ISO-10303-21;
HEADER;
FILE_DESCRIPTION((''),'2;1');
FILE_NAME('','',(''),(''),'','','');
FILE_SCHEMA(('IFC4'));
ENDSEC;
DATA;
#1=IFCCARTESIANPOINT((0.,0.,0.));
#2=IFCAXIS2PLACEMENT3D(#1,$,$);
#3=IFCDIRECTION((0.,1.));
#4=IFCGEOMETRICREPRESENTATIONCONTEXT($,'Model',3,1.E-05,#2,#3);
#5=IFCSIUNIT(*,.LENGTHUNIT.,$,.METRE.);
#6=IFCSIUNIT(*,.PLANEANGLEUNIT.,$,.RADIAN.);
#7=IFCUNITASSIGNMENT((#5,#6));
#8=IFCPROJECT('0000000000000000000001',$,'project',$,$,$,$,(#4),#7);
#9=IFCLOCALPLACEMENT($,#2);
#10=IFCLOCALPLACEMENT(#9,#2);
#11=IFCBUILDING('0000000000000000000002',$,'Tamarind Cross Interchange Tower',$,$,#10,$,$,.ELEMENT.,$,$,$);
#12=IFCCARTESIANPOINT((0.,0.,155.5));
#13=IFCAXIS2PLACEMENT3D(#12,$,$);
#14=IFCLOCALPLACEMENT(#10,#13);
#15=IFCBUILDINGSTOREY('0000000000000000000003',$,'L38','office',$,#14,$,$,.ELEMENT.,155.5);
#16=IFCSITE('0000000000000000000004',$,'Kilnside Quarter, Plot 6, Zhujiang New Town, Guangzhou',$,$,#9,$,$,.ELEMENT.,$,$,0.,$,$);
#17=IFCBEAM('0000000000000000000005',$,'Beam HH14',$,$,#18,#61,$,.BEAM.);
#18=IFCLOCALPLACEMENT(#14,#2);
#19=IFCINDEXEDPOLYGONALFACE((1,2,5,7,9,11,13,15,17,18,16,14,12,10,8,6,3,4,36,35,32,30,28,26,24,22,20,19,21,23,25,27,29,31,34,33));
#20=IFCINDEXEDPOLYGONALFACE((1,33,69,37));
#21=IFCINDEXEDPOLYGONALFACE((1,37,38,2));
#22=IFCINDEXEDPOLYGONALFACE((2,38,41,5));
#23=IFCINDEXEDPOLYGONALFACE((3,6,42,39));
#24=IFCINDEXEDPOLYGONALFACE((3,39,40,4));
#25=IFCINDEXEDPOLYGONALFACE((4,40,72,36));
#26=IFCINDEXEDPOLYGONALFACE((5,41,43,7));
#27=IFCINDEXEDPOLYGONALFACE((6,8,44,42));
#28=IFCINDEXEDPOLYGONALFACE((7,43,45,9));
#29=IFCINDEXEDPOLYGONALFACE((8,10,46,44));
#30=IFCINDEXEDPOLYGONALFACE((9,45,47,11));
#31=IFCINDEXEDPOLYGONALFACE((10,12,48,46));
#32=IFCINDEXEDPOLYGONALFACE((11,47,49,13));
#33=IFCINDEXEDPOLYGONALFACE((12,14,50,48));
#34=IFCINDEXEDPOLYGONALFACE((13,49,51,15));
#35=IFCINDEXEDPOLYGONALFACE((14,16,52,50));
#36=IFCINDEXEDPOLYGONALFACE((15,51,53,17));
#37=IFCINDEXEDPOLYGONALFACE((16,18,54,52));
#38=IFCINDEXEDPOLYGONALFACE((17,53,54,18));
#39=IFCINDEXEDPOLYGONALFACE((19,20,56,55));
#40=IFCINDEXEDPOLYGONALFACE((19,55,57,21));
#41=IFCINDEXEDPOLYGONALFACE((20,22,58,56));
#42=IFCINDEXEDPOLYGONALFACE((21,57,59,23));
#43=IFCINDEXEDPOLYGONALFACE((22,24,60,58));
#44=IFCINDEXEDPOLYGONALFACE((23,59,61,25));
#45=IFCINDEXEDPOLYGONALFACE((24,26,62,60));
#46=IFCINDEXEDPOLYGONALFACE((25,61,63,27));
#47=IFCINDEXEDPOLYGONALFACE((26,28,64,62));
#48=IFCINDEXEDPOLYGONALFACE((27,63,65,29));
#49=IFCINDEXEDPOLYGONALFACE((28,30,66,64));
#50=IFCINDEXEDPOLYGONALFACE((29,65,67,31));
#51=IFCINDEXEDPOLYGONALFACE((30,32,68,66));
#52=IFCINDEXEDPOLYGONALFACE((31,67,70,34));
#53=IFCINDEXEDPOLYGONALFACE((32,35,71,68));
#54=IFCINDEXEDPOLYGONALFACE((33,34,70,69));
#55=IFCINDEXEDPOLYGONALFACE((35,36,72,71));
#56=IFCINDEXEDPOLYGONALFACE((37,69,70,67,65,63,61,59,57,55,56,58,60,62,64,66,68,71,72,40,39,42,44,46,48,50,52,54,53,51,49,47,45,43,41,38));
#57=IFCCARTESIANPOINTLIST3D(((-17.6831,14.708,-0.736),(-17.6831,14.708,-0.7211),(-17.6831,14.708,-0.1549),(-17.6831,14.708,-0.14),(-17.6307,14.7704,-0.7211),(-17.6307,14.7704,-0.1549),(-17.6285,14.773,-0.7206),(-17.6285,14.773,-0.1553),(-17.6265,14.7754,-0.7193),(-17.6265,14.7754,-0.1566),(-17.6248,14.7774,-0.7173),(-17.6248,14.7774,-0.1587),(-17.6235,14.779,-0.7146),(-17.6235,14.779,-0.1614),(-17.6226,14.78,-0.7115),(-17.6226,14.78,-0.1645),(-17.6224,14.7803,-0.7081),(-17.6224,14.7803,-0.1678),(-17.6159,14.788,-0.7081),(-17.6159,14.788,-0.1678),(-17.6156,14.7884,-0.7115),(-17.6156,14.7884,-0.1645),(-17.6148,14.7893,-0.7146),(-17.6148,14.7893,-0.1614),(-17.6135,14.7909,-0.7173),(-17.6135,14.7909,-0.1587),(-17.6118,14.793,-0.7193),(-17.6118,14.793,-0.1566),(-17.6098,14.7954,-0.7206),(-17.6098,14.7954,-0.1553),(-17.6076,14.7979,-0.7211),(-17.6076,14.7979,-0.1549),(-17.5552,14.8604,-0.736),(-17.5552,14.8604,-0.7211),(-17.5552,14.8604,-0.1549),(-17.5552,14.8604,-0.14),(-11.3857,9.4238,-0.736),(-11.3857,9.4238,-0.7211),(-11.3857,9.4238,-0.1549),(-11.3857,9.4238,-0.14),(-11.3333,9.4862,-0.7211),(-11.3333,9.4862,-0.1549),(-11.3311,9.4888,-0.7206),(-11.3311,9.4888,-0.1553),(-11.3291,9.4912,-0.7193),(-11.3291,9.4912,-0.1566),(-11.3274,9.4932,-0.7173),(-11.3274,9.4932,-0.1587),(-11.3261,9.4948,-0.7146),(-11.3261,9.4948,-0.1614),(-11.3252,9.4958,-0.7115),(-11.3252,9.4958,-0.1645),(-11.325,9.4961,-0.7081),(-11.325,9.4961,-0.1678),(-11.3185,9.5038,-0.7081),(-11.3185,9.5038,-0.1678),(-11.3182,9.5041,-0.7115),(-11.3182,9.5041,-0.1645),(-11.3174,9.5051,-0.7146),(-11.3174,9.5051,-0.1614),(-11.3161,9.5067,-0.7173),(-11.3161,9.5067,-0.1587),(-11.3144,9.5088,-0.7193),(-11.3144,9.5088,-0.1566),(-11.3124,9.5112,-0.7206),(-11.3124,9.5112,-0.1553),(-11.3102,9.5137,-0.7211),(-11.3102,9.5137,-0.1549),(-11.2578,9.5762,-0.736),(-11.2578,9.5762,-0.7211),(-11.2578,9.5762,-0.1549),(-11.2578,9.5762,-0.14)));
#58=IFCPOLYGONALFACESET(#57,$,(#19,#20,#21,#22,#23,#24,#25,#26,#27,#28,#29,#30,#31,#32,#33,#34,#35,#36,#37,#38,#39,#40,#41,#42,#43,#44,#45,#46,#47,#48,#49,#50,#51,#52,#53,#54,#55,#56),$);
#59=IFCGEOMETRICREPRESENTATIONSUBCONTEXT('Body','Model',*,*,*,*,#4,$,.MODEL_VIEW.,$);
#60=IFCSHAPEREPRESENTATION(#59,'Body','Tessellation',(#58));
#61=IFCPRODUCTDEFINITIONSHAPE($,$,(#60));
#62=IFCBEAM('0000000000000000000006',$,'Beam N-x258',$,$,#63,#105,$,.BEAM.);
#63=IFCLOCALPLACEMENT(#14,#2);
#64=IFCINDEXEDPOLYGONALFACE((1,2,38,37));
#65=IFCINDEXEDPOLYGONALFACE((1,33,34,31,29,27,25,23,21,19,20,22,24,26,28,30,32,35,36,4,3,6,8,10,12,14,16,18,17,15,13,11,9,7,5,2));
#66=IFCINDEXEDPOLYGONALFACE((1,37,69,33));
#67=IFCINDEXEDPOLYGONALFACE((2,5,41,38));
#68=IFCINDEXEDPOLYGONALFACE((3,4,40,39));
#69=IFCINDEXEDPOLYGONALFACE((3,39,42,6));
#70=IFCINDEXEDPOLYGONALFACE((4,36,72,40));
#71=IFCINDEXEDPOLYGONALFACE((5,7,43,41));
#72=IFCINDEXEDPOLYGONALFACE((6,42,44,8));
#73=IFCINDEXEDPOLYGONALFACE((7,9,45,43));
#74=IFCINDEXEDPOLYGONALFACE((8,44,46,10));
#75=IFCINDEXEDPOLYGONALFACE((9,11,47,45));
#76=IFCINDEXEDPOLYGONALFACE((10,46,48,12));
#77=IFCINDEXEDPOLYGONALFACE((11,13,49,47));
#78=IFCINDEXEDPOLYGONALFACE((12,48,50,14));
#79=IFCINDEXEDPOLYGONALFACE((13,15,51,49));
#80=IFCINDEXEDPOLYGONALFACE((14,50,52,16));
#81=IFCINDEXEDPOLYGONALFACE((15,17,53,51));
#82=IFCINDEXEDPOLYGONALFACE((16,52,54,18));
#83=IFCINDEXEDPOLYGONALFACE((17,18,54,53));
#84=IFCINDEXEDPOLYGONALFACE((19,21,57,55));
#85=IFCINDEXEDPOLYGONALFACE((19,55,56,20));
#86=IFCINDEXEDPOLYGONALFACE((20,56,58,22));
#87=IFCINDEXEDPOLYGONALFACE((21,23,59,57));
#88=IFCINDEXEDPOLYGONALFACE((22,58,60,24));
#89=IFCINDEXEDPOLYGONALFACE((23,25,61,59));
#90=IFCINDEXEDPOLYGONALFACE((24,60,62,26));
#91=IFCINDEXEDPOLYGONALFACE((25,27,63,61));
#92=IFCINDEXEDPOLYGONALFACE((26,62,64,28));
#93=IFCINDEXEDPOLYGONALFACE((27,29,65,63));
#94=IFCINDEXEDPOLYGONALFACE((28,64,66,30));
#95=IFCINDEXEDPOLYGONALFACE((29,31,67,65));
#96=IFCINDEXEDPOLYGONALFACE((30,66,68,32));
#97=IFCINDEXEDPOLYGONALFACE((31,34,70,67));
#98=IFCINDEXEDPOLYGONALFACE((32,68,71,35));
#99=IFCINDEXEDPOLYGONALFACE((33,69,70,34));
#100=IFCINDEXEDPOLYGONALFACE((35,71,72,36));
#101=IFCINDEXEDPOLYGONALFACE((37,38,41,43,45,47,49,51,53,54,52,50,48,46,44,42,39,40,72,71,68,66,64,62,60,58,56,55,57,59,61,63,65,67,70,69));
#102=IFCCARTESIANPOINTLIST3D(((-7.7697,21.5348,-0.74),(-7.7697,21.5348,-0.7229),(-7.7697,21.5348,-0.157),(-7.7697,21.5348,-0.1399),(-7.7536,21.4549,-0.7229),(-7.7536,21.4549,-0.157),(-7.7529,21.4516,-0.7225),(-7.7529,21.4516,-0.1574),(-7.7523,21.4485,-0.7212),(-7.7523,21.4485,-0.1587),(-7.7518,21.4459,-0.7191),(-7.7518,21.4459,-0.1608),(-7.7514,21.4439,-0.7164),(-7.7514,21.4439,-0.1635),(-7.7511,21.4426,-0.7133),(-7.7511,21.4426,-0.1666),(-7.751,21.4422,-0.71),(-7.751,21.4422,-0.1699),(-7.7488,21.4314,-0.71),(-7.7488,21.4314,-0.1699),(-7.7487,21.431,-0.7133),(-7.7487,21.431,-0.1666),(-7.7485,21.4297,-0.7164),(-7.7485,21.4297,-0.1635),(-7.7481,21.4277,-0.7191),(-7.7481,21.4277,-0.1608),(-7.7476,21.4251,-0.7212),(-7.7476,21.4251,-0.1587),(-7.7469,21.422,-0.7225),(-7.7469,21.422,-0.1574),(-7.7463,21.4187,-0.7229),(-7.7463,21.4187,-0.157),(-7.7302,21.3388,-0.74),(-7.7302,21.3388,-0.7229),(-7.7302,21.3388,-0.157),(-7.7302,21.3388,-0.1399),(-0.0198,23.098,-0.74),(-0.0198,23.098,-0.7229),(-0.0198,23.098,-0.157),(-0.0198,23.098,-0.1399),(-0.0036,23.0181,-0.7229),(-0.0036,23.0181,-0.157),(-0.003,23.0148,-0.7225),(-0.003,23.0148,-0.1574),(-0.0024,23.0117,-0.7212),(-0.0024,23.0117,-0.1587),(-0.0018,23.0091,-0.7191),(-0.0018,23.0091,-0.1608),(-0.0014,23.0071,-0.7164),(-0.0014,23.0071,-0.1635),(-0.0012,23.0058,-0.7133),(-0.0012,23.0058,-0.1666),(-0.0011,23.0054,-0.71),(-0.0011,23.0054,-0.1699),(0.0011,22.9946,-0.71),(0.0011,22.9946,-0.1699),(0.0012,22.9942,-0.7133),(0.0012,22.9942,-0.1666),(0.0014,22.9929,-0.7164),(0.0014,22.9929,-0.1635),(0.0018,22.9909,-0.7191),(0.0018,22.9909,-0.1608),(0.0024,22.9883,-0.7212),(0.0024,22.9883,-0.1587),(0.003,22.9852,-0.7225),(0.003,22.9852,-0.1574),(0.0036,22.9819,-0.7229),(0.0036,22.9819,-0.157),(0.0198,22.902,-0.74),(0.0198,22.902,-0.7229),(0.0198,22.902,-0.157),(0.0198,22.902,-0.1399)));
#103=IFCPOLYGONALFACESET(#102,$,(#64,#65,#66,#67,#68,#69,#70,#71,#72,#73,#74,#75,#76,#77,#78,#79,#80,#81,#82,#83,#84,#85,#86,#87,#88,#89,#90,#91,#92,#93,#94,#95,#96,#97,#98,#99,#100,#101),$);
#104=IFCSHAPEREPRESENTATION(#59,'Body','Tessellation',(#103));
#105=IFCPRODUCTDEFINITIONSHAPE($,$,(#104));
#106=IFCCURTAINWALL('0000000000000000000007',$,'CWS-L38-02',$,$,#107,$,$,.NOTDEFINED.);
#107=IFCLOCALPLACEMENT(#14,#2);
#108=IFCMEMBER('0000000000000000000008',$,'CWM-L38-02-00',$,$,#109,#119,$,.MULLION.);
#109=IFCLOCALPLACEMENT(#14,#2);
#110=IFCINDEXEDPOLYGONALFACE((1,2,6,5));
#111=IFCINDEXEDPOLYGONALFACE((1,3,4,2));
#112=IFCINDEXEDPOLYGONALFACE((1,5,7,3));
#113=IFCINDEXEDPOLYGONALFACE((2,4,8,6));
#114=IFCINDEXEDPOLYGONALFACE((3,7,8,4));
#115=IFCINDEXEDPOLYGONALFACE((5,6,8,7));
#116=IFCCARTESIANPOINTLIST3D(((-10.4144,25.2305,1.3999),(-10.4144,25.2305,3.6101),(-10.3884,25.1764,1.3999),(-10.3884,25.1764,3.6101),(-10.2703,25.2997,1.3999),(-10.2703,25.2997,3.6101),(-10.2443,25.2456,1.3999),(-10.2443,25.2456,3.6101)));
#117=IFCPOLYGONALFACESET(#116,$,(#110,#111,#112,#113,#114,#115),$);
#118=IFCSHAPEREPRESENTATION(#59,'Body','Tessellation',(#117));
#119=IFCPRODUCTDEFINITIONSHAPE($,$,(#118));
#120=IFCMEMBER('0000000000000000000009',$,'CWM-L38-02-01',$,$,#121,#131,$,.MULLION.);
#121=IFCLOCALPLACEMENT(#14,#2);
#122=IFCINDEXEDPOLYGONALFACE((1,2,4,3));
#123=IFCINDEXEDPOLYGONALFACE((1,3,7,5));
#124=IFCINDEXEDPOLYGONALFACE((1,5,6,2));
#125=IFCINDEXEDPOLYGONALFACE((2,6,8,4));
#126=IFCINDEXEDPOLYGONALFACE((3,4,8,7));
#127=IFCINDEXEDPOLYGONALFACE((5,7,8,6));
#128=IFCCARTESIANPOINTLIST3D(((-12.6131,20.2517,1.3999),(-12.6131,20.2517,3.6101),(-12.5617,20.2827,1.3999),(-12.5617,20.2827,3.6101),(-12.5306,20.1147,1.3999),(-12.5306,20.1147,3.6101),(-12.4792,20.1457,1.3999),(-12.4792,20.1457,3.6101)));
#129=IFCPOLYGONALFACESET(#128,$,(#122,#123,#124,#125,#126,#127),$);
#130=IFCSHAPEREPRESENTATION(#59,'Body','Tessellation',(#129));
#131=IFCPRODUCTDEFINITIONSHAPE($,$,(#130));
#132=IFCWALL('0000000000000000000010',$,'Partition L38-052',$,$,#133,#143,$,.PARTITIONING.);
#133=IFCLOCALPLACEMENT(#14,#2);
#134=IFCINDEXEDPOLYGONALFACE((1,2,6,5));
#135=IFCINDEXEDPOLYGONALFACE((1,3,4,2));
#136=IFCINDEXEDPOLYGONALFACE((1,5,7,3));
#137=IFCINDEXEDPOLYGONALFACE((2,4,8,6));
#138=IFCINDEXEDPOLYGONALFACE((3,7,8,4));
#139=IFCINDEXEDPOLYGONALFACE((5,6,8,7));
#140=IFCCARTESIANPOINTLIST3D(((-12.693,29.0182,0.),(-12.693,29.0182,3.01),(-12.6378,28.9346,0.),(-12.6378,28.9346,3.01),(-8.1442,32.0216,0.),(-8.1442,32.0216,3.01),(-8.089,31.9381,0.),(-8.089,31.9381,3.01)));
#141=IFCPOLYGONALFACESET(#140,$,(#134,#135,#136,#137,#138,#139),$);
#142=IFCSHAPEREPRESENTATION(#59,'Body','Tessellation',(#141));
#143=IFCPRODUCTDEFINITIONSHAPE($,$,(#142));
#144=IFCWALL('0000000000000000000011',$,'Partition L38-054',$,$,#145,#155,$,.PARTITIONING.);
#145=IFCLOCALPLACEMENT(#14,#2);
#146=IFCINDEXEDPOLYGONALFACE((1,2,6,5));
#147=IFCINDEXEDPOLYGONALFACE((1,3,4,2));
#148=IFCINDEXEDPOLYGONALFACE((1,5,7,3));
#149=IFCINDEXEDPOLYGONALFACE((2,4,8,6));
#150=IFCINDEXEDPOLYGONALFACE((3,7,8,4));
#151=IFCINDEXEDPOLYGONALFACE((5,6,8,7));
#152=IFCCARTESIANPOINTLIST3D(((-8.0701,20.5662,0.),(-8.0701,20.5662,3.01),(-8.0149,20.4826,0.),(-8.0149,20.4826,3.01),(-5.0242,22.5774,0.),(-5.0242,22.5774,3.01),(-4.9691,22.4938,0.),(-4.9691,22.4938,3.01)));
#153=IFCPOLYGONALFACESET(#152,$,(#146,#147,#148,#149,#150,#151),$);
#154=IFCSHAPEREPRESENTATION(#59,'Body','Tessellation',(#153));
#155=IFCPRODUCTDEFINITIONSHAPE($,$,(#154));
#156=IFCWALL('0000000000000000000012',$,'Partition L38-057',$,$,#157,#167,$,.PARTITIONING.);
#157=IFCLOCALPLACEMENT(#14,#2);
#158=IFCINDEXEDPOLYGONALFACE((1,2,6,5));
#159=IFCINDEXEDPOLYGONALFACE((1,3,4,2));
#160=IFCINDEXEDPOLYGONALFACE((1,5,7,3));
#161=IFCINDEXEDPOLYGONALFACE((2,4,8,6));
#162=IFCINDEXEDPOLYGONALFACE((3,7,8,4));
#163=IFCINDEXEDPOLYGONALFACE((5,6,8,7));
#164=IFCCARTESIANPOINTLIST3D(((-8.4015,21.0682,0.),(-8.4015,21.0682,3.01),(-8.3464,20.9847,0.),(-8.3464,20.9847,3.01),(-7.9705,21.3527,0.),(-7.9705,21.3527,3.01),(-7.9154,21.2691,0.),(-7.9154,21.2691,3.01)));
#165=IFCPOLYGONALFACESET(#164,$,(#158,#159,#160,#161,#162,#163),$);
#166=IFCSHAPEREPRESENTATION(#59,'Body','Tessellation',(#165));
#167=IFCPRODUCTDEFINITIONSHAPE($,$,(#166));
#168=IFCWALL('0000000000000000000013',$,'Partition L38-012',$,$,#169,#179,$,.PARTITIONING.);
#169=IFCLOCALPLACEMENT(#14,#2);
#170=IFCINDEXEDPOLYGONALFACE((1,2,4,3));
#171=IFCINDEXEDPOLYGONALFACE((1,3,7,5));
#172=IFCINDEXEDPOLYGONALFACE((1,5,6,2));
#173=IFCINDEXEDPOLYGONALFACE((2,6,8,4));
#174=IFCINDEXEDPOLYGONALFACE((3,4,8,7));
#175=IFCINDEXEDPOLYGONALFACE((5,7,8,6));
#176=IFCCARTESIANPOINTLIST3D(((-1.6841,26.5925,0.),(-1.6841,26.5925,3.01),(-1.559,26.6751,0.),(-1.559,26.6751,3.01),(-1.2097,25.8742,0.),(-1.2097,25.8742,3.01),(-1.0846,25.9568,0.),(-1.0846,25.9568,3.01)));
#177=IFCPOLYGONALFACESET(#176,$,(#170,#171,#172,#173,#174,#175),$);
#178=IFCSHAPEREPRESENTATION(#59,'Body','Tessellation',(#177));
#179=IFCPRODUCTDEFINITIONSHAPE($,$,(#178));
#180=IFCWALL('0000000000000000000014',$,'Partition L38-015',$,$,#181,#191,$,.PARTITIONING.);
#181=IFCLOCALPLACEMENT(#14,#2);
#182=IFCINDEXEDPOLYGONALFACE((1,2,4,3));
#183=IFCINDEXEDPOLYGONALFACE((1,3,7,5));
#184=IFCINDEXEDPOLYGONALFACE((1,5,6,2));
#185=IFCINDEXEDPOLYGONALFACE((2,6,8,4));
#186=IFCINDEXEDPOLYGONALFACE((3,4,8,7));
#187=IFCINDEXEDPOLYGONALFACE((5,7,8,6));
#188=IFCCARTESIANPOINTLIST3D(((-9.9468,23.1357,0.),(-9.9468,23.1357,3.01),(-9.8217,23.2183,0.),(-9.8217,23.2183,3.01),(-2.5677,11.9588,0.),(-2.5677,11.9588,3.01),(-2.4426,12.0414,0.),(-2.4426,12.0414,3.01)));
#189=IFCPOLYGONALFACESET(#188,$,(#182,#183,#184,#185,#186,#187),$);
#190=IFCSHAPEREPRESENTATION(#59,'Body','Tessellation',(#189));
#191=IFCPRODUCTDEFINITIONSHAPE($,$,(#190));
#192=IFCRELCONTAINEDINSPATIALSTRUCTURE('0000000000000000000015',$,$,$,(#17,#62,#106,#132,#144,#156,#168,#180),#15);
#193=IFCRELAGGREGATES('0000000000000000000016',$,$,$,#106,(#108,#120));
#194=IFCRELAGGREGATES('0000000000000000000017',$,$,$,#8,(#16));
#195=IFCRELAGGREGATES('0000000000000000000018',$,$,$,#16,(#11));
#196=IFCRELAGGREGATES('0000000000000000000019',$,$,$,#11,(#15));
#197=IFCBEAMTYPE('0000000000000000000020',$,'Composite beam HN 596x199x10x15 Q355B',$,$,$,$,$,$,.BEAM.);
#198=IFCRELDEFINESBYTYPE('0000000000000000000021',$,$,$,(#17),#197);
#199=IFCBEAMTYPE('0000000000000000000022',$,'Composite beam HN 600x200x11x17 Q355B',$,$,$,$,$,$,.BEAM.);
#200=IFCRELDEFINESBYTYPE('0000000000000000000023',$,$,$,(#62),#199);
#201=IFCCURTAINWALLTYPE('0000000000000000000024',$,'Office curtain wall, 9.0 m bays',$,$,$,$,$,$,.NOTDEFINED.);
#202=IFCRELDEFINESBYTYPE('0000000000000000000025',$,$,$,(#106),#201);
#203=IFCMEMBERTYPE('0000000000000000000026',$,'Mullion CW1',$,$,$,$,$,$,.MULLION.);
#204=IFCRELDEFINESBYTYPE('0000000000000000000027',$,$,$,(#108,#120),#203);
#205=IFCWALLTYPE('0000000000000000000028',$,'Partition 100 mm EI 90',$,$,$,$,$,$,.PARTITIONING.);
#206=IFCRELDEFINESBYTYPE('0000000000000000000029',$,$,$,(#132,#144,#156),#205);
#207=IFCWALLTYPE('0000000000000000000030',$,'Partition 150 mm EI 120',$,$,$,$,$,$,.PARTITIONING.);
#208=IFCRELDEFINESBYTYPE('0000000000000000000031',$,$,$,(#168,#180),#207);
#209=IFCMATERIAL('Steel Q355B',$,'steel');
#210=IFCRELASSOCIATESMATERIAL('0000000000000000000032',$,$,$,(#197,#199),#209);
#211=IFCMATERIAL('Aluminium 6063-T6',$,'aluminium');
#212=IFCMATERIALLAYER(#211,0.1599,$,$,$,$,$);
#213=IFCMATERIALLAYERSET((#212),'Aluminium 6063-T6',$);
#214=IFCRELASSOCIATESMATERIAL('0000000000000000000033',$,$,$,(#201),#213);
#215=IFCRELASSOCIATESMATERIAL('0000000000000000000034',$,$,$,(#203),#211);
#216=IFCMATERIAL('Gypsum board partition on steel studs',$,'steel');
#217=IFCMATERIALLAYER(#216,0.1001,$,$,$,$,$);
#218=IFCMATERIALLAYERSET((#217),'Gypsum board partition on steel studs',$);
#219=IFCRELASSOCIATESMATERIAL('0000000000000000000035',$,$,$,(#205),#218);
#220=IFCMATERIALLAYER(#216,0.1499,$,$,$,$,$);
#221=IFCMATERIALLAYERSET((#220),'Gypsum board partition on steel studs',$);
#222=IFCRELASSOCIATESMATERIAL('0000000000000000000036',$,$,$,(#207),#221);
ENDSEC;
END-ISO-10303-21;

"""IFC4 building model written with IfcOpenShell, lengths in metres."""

from ifc_helpers import new_model, si_unit, direction, frame, frame_2d, origin, origin_2d, place, context, subcontext, project, spatial, rectangle, i_section, extrude, material, layer, layer_set, material_profile, profile_set, type_object, element, aggregate, save


model = new_model("IFC4")

# Units and contexts
model_context = context("Model", 3, precision=1e-05, world=origin(), true_north=direction((0.0, 1.0)))
body_context = subcontext(model_context, "Body", "Model", "MODEL_VIEW")
ifc_project = project(units=[si_unit("LENGTHUNIT", "METRE"), si_unit("PLANEANGLEUNIT", "RADIAN")], contexts=[model_context])

# Site, building, storey
site_placement = place(None, origin())
site = spatial("IfcSite", under=ifc_project, at=site_placement, Name="Kilnside Quarter, Plot 6, Zhujiang New Town, Guangzhou", CompositionType="ELEMENT", RefElevation=0.0)
building_placement = place(site_placement, origin())
building = spatial("IfcBuilding", under=site, at=building_placement, Name="Tamarind Cross Interchange Tower", CompositionType="ELEMENT")
storey_placement = place(building_placement, frame((0.0, 0.0, 155.5)))
storey = spatial("IfcBuildingStorey", under=building, at=storey_placement, Name="L38", Description="office", CompositionType="ELEMENT", Elevation=155.5)

# Beams
ifc_material_1 = material(Name="Steel Q355B", Category="steel")
ifc_material_profile_1 = material_profile(ifc_material_1, i_section(OverallWidth=0.199, OverallDepth=0.5959, WebThickness=0.01, FlangeThickness=0.0149, FilletRadius=0.0129, at=origin_2d()), Name="HN 596x199x10x15")
ifc_profile_set_1 = profile_set([ifc_material_profile_1], Name="Steel Q355B")
beam_type_1 = type_object("IfcBeamType", Name="Composite beam HN 596x199x10x15 Q355B", PredefinedType="BEAM", material=ifc_profile_set_1)
beam_1_placement = place(storey_placement, frame((-17.6191, 14.7842, -0.438), z_axis=(0.766041, -0.642792, 0.0), x_axis=(0.642792, 0.766041, 0.0)))
element("IfcBeam", 1, at=beam_1_placement, inside=storey, type_object=beam_type_1, Name="Beam HH14", PredefinedType="BEAM", context=body_context, shape_type="SweptSolid", body=[
    extrude(i_section(OverallWidth=0.199, OverallDepth=0.5959, WebThickness=0.01, FlangeThickness=0.0149, FilletRadius=0.0129, at=origin_2d()), origin(), (0.0, 0.0, 1.0), 8.2207),
])
ifc_material_profile_2 = material_profile(ifc_material_1, i_section(OverallWidth=0.2, OverallDepth=0.6001, WebThickness=0.011, FlangeThickness=0.0171, FilletRadius=0.0129, at=origin_2d()), Name="HN 600x200x11x17")
ifc_profile_set_2 = profile_set([ifc_material_profile_2], Name="Steel Q355B")
beam_type_2 = type_object("IfcBeamType", Name="Composite beam HN 600x200x11x17 Q355B", PredefinedType="BEAM", material=ifc_profile_set_2)
beam_2_placement = place(storey_placement, frame((0.0, 23.0, -0.4399), z_axis=(-0.980257, -0.197725, 0.0), x_axis=(0.197725, -0.980257, 0.0)))
element("IfcBeam", 2, at=beam_2_placement, inside=storey, type_object=beam_type_2, Name="Beam N-x258", PredefinedType="BEAM", context=body_context, shape_type="SweptSolid", body=[
    extrude(i_section(OverallWidth=0.2, OverallDepth=0.6001, WebThickness=0.011, FlangeThickness=0.0171, FilletRadius=0.0129, at=origin_2d()), origin(), (0.0, 0.0, 1.0), 7.906),
])

# Curtain wall, members
ifc_material_2 = material(Name="Aluminium 6063-T6", Category="aluminium")
ifc_layer_1 = layer(ifc_material_2, 0.1599)
ifc_layer_set_1 = layer_set([ifc_layer_1], Name="Aluminium 6063-T6")
curtain_wall_type = type_object("IfcCurtainWallType", Name="Office curtain wall, 9.0 m bays", PredefinedType="NOTDEFINED", material=ifc_layer_set_1)
curtain_wall_placement = place(storey_placement, origin())
curtain_wall = element("IfcCurtainWall", 3, at=curtain_wall_placement, inside=storey, type_object=curtain_wall_type, Name="CWS-L38-02", PredefinedType="NOTDEFINED")
ifc_material_profile_3 = material_profile(ifc_material_2, rectangle(XDim=0.0601, YDim=0.1599, at=origin_2d()), Name="Mullion CW1")
ifc_profile_set_3 = profile_set([ifc_material_profile_3], Name="Aluminium 6063-T6")
member_type = type_object("IfcMemberType", Name="Mullion CW1", PredefinedType="MULLION", material=ifc_profile_set_3)
member_1_placement = place(storey_placement, frame((-10.3293, 25.238, 1.3999), z_axis=(0.0, 0.0, 1.0), x_axis=(0.432938, -0.901424, 0.0)))
member_1 = element("IfcMember", 4, at=member_1_placement, type_object=member_type, Name="CWM-L38-02-00", PredefinedType="MULLION", context=body_context, shape_type="SweptSolid", body=[
    extrude(rectangle(XDim=0.0601, YDim=0.1599, at=origin_2d()), origin(), (0.0, 0.0, 1.0), 2.2102),
])
member_2_placement = place(storey_placement, frame((-12.5461, 20.1987, 1.3999), z_axis=(0.0, 0.0, 1.0), x_axis=(-0.856667, -0.51587, 0.0)))
member_2 = element("IfcMember", 5, at=member_2_placement, type_object=member_type, Name="CWM-L38-02-01", PredefinedType="MULLION", context=body_context, shape_type="SweptSolid", body=[
    extrude(rectangle(XDim=0.0601, YDim=0.1599, at=origin_2d()), origin(), (0.0, 0.0, 1.0), 2.2102),
])
aggregate(curtain_wall, [member_1, member_2])

# Walls
ifc_material_3 = material(Name="Gypsum board partition on steel studs", Category="steel")
ifc_layer_2 = layer(ifc_material_3, 0.1001)
ifc_layer_set_2 = layer_set([ifc_layer_2], Name="Gypsum board partition on steel studs")
wall_type_1 = type_object("IfcWallType", Name="Partition 100 mm EI 90", PredefinedType="PARTITIONING", material=ifc_layer_set_2)
wall_1_placement = place(storey_placement, frame((-12.6655, 28.9763, 0.0), z_axis=(0.0, 0.0, 1.0), x_axis=(0.834509, 0.550994, 0.0)))
element("IfcWall", 6, at=wall_1_placement, inside=storey, type_object=wall_type_1, Name="Partition L38-052", PredefinedType="PARTITIONING", context=body_context, shape_type="SweptSolid", body=[
    extrude(rectangle(XDim=5.4509, YDim=0.1001, at=frame_2d((2.7256, 0.0))), origin(), (0.0, 0.0, 1.0), 3.01),
])
wall_2_placement = place(storey_placement, frame((-8.0425, 20.5244, 0.0), z_axis=(0.0, 0.0, 1.0), x_axis=(0.834491, 0.551021, 0.0)))
element("IfcWall", 7, at=wall_2_placement, inside=storey, type_object=wall_type_1, Name="Partition L38-054", PredefinedType="PARTITIONING", context=body_context, shape_type="SweptSolid", body=[
    extrude(rectangle(XDim=3.6499, YDim=0.1001, at=frame_2d((1.825, 0.0))), origin(), (0.0, 0.0, 1.0), 3.01),
])
wall_3_placement = place(storey_placement, frame((-8.374, 21.0264, 0.0), z_axis=(0.0, 0.0, 1.0), x_axis=(0.834588, 0.550875, 0.0)))
element("IfcWall", 8, at=wall_3_placement, inside=storey, type_object=wall_type_1, Name="Partition L38-057", PredefinedType="PARTITIONING", context=body_context, shape_type="SweptSolid", body=[
    extrude(rectangle(XDim=0.5164, YDim=0.1001, at=frame_2d((0.2583, 0.0))), origin(), (0.0, 0.0, 1.0), 3.01),
])
ifc_layer_3 = layer(ifc_material_3, 0.1499)
ifc_layer_set_3 = layer_set([ifc_layer_3], Name="Gypsum board partition on steel studs")
wall_type_2 = type_object("IfcWallType", Name="Partition 150 mm EI 120", PredefinedType="PARTITIONING", material=ifc_layer_set_3)
wall_4_placement = place(storey_placement, frame((-1.6216, 26.6338, 0.0), z_axis=(0.0, 0.0, 1.0), x_axis=(0.551095, -0.834442, 0.0)))
element("IfcWall", 9, at=wall_4_placement, inside=storey, type_object=wall_type_2, Name="Partition L38-012", PredefinedType="PARTITIONING", context=body_context, shape_type="SweptSolid", body=[
    extrude(rectangle(XDim=0.8608, YDim=0.1499, at=frame_2d((0.4304, 0.0))), origin(), (0.0, 0.0, 1.0), 3.01),
])
wall_5_placement = place(storey_placement, frame((-9.8843, 23.177, 0.0), z_axis=(0.0, 0.0, 1.0), x_axis=(0.550963, -0.834529, 0.0)))
element("IfcWall", 10, at=wall_5_placement, inside=storey, type_object=wall_type_2, Name="Partition L38-015", PredefinedType="PARTITIONING", context=body_context, shape_type="SweptSolid", body=[
    extrude(rectangle(XDim=13.3931, YDim=0.1499, at=frame_2d((6.6965, 0.0))), origin(), (0.0, 0.0, 1.0), 3.01),
])

save(model, "model.ifc")
